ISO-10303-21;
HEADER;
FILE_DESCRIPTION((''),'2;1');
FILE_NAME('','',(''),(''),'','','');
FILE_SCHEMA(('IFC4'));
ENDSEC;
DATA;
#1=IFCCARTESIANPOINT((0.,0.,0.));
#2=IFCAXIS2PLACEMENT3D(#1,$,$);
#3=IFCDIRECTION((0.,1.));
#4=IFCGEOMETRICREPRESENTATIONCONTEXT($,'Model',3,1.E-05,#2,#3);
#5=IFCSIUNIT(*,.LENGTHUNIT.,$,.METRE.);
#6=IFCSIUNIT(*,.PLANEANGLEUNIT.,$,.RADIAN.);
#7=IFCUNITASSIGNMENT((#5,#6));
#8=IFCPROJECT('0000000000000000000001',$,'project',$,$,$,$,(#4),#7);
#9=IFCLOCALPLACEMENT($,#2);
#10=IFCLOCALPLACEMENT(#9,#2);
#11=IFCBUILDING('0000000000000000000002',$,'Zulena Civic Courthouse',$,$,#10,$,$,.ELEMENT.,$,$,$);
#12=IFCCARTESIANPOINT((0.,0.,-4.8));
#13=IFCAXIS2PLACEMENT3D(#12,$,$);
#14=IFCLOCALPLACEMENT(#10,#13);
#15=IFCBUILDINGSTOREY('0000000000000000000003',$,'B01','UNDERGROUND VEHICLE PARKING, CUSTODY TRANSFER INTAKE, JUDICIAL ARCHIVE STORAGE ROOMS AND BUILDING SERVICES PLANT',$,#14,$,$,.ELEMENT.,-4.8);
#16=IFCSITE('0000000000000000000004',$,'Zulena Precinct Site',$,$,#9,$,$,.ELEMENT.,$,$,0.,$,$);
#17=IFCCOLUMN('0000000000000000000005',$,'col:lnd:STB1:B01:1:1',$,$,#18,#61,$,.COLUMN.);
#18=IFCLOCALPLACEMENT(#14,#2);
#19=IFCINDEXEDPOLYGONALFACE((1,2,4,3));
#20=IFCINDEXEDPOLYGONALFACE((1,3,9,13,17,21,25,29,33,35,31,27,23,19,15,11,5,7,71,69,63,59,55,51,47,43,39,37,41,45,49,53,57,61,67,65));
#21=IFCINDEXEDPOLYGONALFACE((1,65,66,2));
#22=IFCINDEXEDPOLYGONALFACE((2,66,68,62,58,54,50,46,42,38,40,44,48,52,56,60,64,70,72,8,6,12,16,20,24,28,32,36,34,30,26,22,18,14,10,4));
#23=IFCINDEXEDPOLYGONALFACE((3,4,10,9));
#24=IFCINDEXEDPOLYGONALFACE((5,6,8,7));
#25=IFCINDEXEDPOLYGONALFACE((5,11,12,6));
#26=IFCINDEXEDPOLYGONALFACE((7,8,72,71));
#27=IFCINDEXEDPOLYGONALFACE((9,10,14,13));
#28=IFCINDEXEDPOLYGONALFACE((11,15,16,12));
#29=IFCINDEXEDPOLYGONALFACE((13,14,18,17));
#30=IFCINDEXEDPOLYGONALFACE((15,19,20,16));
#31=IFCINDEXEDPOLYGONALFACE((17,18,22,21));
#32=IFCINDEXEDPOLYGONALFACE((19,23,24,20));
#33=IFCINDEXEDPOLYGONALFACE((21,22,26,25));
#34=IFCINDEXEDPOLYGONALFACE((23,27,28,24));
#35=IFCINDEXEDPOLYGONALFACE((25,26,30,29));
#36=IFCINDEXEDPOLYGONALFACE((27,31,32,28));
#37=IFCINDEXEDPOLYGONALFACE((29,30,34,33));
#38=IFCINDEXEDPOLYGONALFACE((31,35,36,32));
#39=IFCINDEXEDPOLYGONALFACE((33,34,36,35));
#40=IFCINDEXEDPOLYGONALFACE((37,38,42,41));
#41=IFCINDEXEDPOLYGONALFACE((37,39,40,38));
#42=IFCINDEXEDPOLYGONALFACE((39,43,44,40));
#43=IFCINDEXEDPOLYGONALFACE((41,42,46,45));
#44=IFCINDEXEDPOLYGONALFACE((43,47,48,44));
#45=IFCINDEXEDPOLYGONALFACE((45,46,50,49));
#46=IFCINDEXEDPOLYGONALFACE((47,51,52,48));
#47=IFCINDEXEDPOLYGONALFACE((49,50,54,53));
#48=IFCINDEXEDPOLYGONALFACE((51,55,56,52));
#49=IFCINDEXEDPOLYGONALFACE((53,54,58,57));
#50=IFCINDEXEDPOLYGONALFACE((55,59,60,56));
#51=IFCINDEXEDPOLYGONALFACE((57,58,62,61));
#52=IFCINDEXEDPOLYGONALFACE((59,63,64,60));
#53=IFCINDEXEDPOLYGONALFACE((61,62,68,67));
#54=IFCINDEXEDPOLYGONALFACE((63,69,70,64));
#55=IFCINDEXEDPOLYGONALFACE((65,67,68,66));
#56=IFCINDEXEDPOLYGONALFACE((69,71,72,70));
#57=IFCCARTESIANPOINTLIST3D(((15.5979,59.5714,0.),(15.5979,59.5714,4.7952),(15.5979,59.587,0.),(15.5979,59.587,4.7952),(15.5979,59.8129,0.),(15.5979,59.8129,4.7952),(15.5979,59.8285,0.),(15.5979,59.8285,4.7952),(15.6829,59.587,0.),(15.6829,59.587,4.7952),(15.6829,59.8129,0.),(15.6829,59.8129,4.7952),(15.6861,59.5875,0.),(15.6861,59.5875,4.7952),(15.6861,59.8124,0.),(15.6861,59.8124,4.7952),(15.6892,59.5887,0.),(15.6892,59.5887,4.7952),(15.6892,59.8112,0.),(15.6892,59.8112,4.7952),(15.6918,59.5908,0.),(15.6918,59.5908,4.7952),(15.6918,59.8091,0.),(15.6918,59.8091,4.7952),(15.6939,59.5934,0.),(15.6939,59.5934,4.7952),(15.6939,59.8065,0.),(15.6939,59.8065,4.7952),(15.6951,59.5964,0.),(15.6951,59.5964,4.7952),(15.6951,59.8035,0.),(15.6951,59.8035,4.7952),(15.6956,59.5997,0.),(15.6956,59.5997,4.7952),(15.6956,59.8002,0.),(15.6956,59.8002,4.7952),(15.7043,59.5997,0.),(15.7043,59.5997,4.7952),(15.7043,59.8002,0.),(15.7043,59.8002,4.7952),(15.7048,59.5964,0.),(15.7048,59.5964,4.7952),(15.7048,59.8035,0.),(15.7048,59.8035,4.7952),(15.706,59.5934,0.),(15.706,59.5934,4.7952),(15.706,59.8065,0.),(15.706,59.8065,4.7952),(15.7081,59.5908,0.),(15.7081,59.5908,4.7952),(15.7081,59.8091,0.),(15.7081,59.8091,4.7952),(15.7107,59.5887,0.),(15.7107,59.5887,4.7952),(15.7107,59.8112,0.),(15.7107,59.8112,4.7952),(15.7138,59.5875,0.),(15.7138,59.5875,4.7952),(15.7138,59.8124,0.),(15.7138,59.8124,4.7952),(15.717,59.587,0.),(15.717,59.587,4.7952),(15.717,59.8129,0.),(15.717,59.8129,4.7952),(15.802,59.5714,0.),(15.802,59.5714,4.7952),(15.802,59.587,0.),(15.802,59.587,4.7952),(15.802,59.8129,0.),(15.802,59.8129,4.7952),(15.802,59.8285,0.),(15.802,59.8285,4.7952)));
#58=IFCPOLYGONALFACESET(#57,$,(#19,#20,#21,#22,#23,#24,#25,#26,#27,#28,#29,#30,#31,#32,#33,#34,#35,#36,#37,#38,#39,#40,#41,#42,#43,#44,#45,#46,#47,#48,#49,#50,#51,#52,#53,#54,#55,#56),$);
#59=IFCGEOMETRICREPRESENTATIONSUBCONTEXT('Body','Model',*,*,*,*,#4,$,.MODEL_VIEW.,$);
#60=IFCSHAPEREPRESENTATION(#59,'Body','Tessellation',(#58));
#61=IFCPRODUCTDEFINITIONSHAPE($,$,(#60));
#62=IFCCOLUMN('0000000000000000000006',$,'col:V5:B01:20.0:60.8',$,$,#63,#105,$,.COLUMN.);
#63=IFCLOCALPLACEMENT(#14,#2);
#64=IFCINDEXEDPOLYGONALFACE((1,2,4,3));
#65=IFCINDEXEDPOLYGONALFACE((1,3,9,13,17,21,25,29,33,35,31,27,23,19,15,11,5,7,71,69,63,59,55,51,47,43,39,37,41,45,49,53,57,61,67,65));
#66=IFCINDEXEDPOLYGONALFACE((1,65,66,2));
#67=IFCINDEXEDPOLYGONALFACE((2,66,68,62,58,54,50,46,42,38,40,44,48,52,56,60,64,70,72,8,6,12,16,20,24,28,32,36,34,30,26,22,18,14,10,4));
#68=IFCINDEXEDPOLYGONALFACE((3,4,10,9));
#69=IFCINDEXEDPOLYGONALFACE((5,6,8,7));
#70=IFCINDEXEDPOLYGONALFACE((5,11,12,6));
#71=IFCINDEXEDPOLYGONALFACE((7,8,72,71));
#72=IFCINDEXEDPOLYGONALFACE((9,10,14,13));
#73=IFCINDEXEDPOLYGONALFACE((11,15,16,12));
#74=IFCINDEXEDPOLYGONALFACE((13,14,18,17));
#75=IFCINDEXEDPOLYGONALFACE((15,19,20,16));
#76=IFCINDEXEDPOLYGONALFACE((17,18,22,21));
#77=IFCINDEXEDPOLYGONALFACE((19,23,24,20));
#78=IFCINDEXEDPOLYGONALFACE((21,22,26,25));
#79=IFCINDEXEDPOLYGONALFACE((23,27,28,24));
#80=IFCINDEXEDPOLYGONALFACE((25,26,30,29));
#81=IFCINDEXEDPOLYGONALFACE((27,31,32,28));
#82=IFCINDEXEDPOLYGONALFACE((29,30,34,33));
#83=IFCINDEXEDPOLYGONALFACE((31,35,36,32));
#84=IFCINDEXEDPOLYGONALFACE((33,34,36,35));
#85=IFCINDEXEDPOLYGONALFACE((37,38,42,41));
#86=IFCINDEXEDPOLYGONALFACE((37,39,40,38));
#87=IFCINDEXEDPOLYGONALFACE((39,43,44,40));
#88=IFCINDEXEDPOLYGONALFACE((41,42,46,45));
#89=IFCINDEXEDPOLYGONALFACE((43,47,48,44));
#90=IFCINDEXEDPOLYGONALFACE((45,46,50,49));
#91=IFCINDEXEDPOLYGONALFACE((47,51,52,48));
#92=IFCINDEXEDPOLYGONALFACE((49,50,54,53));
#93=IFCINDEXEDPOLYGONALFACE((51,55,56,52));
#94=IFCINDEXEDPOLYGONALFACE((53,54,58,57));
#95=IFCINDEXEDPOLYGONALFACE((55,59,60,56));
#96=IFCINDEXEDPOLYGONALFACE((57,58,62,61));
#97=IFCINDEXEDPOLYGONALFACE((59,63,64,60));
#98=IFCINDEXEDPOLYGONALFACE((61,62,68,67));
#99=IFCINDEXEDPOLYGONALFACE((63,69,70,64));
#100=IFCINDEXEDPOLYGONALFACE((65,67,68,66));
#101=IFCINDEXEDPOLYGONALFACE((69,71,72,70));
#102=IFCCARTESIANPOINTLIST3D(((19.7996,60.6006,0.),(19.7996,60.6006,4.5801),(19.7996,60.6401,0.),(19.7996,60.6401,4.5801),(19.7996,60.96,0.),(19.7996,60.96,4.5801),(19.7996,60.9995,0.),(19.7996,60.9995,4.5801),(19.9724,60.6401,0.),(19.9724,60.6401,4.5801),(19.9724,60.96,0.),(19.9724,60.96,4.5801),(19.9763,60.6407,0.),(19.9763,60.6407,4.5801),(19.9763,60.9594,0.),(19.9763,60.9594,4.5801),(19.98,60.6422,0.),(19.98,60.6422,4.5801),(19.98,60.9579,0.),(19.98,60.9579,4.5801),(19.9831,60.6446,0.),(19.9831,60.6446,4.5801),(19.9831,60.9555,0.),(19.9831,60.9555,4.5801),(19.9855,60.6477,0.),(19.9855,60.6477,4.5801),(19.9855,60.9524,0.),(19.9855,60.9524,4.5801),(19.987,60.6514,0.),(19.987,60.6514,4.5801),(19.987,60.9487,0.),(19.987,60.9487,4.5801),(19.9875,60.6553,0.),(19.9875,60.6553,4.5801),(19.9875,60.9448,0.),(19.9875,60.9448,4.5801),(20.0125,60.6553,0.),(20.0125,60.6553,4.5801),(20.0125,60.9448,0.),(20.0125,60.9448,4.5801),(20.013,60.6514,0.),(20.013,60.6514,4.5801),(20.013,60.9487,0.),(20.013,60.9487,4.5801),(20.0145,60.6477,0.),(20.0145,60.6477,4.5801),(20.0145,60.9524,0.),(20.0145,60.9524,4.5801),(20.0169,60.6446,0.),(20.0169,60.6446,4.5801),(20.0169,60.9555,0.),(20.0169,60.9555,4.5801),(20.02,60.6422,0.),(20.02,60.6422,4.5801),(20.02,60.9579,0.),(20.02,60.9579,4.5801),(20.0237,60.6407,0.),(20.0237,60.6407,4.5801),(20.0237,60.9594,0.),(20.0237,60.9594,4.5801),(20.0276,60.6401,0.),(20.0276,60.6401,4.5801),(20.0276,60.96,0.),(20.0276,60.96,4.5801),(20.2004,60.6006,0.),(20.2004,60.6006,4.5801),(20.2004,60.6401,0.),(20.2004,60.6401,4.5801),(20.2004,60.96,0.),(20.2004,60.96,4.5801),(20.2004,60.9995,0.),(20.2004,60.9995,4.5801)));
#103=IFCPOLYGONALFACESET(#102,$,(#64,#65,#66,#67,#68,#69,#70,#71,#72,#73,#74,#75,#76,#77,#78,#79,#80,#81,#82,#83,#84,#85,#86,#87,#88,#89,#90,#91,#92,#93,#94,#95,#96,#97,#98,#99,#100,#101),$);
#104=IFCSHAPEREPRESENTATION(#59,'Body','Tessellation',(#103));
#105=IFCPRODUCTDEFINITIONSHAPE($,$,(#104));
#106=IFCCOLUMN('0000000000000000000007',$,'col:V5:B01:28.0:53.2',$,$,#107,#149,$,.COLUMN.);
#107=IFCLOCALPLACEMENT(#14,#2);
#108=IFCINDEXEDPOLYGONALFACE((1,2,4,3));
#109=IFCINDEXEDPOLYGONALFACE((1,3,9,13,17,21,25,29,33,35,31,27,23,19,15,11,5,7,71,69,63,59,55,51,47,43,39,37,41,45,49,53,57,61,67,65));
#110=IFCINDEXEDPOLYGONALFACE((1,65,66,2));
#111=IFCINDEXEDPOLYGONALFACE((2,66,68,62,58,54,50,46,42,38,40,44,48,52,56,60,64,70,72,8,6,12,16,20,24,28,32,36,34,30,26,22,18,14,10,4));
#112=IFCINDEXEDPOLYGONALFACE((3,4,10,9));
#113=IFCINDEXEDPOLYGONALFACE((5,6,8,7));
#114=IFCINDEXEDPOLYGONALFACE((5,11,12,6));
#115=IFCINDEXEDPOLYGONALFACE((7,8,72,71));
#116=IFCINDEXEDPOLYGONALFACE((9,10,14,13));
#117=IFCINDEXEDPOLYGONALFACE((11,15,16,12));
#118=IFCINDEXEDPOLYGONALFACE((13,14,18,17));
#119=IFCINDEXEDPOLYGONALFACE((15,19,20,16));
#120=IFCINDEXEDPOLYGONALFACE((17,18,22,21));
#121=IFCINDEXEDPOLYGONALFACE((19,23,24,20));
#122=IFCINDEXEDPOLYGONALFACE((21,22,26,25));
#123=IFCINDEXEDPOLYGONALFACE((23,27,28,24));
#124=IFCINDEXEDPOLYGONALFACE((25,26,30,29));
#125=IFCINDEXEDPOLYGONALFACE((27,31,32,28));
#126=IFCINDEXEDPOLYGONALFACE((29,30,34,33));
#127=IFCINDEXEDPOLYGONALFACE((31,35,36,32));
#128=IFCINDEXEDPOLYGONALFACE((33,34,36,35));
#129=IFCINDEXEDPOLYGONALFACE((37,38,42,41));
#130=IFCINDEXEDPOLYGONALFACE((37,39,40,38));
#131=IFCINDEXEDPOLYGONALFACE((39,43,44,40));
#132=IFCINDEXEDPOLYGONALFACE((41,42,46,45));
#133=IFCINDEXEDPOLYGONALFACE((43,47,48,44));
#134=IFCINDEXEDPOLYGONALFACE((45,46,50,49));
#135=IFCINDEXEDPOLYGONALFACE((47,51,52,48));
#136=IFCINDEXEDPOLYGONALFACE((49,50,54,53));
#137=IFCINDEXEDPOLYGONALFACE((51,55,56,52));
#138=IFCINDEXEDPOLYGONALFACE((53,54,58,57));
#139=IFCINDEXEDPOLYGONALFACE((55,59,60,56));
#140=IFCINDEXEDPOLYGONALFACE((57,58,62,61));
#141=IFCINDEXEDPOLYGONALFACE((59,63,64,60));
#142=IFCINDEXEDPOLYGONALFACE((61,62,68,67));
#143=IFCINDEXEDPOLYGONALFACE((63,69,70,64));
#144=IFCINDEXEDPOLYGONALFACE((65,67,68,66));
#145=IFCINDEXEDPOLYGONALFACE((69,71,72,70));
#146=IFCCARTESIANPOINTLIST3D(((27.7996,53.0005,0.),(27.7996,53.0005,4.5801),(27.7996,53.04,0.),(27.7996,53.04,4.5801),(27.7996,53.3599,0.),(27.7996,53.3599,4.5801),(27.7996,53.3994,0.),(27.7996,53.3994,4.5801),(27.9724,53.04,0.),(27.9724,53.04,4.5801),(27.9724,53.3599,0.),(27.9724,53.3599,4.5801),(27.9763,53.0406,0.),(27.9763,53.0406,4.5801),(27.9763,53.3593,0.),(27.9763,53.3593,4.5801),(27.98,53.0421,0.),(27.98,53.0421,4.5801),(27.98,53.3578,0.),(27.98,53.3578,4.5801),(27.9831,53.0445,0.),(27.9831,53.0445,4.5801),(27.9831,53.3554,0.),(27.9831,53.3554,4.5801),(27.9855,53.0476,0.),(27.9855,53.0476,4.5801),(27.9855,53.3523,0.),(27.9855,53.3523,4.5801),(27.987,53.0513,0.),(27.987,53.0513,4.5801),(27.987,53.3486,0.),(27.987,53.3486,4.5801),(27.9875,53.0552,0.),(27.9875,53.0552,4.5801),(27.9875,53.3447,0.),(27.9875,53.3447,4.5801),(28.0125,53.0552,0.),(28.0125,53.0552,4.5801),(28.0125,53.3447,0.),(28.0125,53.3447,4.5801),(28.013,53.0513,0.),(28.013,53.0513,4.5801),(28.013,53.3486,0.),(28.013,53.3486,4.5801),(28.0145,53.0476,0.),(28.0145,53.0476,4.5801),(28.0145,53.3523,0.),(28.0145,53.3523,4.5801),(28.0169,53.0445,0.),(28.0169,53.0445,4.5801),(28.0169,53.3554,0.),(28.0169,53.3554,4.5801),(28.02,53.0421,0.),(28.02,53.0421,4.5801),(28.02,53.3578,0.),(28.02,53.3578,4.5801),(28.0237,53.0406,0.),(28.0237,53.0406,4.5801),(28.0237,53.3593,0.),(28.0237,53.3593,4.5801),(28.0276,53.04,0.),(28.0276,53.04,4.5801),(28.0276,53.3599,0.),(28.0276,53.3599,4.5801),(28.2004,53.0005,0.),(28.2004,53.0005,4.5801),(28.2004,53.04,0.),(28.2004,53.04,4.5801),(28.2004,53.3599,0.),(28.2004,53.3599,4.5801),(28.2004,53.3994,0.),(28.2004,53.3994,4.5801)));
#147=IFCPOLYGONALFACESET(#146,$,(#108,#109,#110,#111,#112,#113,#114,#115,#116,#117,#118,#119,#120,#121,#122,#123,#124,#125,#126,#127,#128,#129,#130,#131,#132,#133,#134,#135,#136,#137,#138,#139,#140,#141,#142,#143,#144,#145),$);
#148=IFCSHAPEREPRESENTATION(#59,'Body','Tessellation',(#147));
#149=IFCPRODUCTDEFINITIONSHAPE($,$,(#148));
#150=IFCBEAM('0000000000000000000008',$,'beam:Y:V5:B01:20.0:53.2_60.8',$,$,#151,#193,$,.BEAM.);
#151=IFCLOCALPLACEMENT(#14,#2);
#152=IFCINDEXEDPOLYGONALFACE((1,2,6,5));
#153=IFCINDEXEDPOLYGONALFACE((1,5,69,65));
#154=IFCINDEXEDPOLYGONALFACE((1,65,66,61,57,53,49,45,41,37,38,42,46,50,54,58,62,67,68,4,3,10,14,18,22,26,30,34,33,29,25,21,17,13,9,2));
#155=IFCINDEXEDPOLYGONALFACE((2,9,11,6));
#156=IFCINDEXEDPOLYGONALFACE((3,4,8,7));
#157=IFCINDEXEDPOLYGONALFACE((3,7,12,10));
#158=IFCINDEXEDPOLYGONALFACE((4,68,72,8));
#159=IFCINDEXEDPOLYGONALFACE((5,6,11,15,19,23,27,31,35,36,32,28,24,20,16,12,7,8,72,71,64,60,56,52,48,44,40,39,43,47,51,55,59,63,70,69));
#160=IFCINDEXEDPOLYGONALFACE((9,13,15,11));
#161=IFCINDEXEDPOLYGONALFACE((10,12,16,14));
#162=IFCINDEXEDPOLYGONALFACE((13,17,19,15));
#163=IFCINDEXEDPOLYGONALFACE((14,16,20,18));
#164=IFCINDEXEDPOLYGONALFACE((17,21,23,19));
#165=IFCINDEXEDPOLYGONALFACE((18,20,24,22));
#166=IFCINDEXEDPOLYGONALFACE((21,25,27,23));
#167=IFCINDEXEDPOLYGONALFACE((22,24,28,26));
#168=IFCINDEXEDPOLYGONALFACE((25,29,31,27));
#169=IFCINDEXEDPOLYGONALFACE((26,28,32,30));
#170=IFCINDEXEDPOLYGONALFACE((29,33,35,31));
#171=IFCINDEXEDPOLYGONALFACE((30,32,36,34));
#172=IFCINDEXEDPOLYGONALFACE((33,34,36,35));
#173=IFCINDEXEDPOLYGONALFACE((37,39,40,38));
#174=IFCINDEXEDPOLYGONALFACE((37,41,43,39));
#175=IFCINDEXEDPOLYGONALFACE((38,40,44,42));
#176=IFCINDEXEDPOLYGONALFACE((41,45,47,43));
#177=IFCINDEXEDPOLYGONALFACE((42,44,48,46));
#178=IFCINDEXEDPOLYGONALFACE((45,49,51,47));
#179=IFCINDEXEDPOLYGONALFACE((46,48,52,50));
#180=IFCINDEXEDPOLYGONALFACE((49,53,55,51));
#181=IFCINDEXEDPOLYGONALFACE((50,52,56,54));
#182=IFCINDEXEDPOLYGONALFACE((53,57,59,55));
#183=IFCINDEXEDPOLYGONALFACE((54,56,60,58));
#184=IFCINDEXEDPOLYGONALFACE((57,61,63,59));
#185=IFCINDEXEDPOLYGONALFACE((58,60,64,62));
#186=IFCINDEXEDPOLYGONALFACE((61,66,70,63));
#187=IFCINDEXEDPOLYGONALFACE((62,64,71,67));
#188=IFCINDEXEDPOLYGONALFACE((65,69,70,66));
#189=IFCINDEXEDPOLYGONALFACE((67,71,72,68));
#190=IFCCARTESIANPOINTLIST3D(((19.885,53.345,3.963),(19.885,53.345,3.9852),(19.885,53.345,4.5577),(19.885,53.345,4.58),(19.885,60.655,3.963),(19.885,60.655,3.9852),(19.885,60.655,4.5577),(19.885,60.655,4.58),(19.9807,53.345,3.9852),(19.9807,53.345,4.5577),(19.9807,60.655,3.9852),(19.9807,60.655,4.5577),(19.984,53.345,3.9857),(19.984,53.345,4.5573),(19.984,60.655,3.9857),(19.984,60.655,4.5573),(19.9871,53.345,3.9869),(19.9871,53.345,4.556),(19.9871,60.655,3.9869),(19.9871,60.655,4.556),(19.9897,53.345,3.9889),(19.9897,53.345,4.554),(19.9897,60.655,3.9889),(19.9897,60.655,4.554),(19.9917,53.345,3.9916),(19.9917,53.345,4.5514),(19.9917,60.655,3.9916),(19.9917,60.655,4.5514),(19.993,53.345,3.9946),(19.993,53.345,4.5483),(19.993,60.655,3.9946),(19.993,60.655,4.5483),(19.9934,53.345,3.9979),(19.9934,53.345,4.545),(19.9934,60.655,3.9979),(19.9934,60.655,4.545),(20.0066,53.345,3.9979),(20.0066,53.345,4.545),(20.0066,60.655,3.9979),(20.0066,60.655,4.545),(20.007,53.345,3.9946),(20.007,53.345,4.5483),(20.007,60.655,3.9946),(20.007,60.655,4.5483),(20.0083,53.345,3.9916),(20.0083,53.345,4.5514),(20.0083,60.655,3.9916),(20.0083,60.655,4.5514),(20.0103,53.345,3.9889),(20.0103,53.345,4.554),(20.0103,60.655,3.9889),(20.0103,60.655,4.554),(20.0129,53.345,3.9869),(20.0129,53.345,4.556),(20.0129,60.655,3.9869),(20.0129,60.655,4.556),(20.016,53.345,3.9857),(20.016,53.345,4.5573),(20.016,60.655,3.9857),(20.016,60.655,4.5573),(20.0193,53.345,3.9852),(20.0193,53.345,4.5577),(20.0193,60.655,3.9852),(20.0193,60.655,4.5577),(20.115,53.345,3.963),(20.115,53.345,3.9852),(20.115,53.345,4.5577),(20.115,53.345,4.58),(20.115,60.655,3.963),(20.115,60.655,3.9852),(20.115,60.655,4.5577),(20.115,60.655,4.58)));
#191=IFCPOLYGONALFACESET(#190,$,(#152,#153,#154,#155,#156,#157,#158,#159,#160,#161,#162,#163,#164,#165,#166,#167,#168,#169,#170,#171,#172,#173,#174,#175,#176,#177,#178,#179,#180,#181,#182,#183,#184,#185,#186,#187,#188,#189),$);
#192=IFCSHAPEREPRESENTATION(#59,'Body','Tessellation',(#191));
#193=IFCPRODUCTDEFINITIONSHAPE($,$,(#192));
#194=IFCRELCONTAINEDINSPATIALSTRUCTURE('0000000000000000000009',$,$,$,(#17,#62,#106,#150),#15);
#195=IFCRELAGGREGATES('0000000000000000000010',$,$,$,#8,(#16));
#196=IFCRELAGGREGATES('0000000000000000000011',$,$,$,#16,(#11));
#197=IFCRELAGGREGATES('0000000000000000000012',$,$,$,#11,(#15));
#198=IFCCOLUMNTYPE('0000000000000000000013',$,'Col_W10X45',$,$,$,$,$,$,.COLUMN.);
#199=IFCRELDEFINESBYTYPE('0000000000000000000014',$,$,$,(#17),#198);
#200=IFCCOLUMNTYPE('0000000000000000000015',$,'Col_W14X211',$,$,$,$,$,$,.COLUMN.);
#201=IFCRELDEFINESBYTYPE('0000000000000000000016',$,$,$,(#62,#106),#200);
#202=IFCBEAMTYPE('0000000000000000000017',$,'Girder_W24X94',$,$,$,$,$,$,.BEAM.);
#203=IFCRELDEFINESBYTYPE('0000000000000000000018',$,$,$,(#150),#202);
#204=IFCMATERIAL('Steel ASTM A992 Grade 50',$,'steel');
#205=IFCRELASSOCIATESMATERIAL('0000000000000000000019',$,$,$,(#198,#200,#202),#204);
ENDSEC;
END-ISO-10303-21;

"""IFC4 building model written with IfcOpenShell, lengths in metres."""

from ifc_helpers import new_model, si_unit, direction, frame, origin, origin_2d, place, context, subcontext, project, spatial, i_section, extrude, material, material_profile, profile_set, type_object, element, save


model = new_model("IFC4")

# Units and contexts
model_context = context("Model", 3, precision=1e-05, world=origin(), true_north=direction((0.0, 1.0)))
body_context = subcontext(model_context, "Body", "Model", "MODEL_VIEW")
ifc_project = project(units=[si_unit("LENGTHUNIT", "METRE"), si_unit("PLANEANGLEUNIT", "RADIAN")], contexts=[model_context])

# Site, building, storey
site_placement = place(None, origin())
site = spatial("IfcSite", under=ifc_project, at=site_placement, Name="Zulena Precinct Site", CompositionType="ELEMENT", RefElevation=0.0)
building_placement = place(site_placement, origin())
building = spatial("IfcBuilding", under=site, at=building_placement, Name="Zulena Civic Courthouse", CompositionType="ELEMENT")
storey_placement = place(building_placement, frame((0.0, 0.0, -4.8)))
storey = spatial("IfcBuildingStorey", under=building, at=storey_placement, Name="B01", Description="UNDERGROUND VEHICLE PARKING, CUSTODY TRANSFER INTAKE, JUDICIAL ARCHIVE STORAGE ROOMS AND BUILDING SERVICES PLANT", CompositionType="ELEMENT", Elevation=-4.8)

# Columns
ifc_material_1 = material(Name="Steel ASTM A992 Grade 50", Category="steel")
ifc_material_profile_1 = material_profile(ifc_material_1, i_section(OverallWidth=0.2041, OverallDepth=0.2571, WebThickness=0.0088, FlangeThickness=0.0156, FilletRadius=0.0127, at=origin_2d()), Name="W10X45")
ifc_profile_set_1 = profile_set([ifc_material_profile_1], Name="Steel ASTM A992 Grade 50")
column_type_1 = type_object("IfcColumnType", Name="Col_W10X45", PredefinedType="COLUMN", material=ifc_profile_set_1)
for number, where, z_axis, x_axis, name in (
    (1, (15.7, 59.7, 0.0), (0.0, 0.0, 1.0), (1.0, 0.0, 0.0), "col:lnd:STB1:B01:1:1"),
):
    element("IfcColumn", number, at=place(storey_placement, frame(where, z_axis=z_axis, x_axis=x_axis)), inside=storey, type_object=column_type_1, Name=name, PredefinedType="COLUMN", context=body_context, shape_type="SweptSolid", body=[
        extrude(i_section(OverallWidth=0.2041, OverallDepth=0.2571, WebThickness=0.0088, FlangeThickness=0.0156, FilletRadius=0.0127, at=origin_2d()), origin(), (0.0, 0.0, 1.0), 4.7952),
    ])
ifc_material_profile_2 = material_profile(ifc_material_1, i_section(OverallWidth=0.4009, OverallDepth=0.3989, WebThickness=0.0249, FlangeThickness=0.0396, FilletRadius=0.0151, at=origin_2d()), Name="W14X211")
ifc_profile_set_2 = profile_set([ifc_material_profile_2], Name="Steel ASTM A992 Grade 50")
column_type_2 = type_object("IfcColumnType", Name="Col_W14X211", PredefinedType="COLUMN", material=ifc_profile_set_2)
for number, where, z_axis, x_axis, name in (
    (2, (20.0, 60.8, 0.0), (0.0, 0.0, 1.0), (1.0, 0.0, 0.0), "col:V5:B01:20.0:60.8"),
    (3, (28.0, 53.2, 0.0), (0.0, 0.0, 1.0), (1.0, 0.0, 0.0), "col:V5:B01:28.0:53.2"),
):
    element("IfcColumn", number, at=place(storey_placement, frame(where, z_axis=z_axis, x_axis=x_axis)), inside=storey, type_object=column_type_2, Name=name, PredefinedType="COLUMN", context=body_context, shape_type="SweptSolid", body=[
        extrude(i_section(OverallWidth=0.4009, OverallDepth=0.3989, WebThickness=0.0249, FlangeThickness=0.0396, FilletRadius=0.0151, at=origin_2d()), origin(), (0.0, 0.0, 1.0), 4.5801),
    ])

# Beam
ifc_material_profile_3 = material_profile(ifc_material_1, i_section(OverallWidth=0.23, OverallDepth=0.6169, WebThickness=0.0132, FlangeThickness=0.0222, FilletRadius=0.0127, at=origin_2d()), Name="W24X94")
ifc_profile_set_3 = profile_set([ifc_material_profile_3], Name="Steel ASTM A992 Grade 50")
beam_type_1 = type_object("IfcBeamType", Name="Girder_W24X94", PredefinedType="BEAM", material=ifc_profile_set_3)
beam_1_placement = place(storey_placement, frame((20.0, 53.345, 4.2715), z_axis=(0.0, 1.0, 0.0), x_axis=(-1.0, 0.0, 0.0)))
element("IfcBeam", 4, at=beam_1_placement, inside=storey, type_object=beam_type_1, Name="beam:Y:V5:B01:20.0:53.2_60.8", PredefinedType="BEAM", context=body_context, shape_type="SweptSolid", body=[
    extrude(i_section(OverallWidth=0.23, OverallDepth=0.6169, WebThickness=0.0132, FlangeThickness=0.0222, FilletRadius=0.0127, at=origin_2d()), origin(), (0.0, 0.0, 1.0), 7.3101),
])

save(model, "model.ifc")
